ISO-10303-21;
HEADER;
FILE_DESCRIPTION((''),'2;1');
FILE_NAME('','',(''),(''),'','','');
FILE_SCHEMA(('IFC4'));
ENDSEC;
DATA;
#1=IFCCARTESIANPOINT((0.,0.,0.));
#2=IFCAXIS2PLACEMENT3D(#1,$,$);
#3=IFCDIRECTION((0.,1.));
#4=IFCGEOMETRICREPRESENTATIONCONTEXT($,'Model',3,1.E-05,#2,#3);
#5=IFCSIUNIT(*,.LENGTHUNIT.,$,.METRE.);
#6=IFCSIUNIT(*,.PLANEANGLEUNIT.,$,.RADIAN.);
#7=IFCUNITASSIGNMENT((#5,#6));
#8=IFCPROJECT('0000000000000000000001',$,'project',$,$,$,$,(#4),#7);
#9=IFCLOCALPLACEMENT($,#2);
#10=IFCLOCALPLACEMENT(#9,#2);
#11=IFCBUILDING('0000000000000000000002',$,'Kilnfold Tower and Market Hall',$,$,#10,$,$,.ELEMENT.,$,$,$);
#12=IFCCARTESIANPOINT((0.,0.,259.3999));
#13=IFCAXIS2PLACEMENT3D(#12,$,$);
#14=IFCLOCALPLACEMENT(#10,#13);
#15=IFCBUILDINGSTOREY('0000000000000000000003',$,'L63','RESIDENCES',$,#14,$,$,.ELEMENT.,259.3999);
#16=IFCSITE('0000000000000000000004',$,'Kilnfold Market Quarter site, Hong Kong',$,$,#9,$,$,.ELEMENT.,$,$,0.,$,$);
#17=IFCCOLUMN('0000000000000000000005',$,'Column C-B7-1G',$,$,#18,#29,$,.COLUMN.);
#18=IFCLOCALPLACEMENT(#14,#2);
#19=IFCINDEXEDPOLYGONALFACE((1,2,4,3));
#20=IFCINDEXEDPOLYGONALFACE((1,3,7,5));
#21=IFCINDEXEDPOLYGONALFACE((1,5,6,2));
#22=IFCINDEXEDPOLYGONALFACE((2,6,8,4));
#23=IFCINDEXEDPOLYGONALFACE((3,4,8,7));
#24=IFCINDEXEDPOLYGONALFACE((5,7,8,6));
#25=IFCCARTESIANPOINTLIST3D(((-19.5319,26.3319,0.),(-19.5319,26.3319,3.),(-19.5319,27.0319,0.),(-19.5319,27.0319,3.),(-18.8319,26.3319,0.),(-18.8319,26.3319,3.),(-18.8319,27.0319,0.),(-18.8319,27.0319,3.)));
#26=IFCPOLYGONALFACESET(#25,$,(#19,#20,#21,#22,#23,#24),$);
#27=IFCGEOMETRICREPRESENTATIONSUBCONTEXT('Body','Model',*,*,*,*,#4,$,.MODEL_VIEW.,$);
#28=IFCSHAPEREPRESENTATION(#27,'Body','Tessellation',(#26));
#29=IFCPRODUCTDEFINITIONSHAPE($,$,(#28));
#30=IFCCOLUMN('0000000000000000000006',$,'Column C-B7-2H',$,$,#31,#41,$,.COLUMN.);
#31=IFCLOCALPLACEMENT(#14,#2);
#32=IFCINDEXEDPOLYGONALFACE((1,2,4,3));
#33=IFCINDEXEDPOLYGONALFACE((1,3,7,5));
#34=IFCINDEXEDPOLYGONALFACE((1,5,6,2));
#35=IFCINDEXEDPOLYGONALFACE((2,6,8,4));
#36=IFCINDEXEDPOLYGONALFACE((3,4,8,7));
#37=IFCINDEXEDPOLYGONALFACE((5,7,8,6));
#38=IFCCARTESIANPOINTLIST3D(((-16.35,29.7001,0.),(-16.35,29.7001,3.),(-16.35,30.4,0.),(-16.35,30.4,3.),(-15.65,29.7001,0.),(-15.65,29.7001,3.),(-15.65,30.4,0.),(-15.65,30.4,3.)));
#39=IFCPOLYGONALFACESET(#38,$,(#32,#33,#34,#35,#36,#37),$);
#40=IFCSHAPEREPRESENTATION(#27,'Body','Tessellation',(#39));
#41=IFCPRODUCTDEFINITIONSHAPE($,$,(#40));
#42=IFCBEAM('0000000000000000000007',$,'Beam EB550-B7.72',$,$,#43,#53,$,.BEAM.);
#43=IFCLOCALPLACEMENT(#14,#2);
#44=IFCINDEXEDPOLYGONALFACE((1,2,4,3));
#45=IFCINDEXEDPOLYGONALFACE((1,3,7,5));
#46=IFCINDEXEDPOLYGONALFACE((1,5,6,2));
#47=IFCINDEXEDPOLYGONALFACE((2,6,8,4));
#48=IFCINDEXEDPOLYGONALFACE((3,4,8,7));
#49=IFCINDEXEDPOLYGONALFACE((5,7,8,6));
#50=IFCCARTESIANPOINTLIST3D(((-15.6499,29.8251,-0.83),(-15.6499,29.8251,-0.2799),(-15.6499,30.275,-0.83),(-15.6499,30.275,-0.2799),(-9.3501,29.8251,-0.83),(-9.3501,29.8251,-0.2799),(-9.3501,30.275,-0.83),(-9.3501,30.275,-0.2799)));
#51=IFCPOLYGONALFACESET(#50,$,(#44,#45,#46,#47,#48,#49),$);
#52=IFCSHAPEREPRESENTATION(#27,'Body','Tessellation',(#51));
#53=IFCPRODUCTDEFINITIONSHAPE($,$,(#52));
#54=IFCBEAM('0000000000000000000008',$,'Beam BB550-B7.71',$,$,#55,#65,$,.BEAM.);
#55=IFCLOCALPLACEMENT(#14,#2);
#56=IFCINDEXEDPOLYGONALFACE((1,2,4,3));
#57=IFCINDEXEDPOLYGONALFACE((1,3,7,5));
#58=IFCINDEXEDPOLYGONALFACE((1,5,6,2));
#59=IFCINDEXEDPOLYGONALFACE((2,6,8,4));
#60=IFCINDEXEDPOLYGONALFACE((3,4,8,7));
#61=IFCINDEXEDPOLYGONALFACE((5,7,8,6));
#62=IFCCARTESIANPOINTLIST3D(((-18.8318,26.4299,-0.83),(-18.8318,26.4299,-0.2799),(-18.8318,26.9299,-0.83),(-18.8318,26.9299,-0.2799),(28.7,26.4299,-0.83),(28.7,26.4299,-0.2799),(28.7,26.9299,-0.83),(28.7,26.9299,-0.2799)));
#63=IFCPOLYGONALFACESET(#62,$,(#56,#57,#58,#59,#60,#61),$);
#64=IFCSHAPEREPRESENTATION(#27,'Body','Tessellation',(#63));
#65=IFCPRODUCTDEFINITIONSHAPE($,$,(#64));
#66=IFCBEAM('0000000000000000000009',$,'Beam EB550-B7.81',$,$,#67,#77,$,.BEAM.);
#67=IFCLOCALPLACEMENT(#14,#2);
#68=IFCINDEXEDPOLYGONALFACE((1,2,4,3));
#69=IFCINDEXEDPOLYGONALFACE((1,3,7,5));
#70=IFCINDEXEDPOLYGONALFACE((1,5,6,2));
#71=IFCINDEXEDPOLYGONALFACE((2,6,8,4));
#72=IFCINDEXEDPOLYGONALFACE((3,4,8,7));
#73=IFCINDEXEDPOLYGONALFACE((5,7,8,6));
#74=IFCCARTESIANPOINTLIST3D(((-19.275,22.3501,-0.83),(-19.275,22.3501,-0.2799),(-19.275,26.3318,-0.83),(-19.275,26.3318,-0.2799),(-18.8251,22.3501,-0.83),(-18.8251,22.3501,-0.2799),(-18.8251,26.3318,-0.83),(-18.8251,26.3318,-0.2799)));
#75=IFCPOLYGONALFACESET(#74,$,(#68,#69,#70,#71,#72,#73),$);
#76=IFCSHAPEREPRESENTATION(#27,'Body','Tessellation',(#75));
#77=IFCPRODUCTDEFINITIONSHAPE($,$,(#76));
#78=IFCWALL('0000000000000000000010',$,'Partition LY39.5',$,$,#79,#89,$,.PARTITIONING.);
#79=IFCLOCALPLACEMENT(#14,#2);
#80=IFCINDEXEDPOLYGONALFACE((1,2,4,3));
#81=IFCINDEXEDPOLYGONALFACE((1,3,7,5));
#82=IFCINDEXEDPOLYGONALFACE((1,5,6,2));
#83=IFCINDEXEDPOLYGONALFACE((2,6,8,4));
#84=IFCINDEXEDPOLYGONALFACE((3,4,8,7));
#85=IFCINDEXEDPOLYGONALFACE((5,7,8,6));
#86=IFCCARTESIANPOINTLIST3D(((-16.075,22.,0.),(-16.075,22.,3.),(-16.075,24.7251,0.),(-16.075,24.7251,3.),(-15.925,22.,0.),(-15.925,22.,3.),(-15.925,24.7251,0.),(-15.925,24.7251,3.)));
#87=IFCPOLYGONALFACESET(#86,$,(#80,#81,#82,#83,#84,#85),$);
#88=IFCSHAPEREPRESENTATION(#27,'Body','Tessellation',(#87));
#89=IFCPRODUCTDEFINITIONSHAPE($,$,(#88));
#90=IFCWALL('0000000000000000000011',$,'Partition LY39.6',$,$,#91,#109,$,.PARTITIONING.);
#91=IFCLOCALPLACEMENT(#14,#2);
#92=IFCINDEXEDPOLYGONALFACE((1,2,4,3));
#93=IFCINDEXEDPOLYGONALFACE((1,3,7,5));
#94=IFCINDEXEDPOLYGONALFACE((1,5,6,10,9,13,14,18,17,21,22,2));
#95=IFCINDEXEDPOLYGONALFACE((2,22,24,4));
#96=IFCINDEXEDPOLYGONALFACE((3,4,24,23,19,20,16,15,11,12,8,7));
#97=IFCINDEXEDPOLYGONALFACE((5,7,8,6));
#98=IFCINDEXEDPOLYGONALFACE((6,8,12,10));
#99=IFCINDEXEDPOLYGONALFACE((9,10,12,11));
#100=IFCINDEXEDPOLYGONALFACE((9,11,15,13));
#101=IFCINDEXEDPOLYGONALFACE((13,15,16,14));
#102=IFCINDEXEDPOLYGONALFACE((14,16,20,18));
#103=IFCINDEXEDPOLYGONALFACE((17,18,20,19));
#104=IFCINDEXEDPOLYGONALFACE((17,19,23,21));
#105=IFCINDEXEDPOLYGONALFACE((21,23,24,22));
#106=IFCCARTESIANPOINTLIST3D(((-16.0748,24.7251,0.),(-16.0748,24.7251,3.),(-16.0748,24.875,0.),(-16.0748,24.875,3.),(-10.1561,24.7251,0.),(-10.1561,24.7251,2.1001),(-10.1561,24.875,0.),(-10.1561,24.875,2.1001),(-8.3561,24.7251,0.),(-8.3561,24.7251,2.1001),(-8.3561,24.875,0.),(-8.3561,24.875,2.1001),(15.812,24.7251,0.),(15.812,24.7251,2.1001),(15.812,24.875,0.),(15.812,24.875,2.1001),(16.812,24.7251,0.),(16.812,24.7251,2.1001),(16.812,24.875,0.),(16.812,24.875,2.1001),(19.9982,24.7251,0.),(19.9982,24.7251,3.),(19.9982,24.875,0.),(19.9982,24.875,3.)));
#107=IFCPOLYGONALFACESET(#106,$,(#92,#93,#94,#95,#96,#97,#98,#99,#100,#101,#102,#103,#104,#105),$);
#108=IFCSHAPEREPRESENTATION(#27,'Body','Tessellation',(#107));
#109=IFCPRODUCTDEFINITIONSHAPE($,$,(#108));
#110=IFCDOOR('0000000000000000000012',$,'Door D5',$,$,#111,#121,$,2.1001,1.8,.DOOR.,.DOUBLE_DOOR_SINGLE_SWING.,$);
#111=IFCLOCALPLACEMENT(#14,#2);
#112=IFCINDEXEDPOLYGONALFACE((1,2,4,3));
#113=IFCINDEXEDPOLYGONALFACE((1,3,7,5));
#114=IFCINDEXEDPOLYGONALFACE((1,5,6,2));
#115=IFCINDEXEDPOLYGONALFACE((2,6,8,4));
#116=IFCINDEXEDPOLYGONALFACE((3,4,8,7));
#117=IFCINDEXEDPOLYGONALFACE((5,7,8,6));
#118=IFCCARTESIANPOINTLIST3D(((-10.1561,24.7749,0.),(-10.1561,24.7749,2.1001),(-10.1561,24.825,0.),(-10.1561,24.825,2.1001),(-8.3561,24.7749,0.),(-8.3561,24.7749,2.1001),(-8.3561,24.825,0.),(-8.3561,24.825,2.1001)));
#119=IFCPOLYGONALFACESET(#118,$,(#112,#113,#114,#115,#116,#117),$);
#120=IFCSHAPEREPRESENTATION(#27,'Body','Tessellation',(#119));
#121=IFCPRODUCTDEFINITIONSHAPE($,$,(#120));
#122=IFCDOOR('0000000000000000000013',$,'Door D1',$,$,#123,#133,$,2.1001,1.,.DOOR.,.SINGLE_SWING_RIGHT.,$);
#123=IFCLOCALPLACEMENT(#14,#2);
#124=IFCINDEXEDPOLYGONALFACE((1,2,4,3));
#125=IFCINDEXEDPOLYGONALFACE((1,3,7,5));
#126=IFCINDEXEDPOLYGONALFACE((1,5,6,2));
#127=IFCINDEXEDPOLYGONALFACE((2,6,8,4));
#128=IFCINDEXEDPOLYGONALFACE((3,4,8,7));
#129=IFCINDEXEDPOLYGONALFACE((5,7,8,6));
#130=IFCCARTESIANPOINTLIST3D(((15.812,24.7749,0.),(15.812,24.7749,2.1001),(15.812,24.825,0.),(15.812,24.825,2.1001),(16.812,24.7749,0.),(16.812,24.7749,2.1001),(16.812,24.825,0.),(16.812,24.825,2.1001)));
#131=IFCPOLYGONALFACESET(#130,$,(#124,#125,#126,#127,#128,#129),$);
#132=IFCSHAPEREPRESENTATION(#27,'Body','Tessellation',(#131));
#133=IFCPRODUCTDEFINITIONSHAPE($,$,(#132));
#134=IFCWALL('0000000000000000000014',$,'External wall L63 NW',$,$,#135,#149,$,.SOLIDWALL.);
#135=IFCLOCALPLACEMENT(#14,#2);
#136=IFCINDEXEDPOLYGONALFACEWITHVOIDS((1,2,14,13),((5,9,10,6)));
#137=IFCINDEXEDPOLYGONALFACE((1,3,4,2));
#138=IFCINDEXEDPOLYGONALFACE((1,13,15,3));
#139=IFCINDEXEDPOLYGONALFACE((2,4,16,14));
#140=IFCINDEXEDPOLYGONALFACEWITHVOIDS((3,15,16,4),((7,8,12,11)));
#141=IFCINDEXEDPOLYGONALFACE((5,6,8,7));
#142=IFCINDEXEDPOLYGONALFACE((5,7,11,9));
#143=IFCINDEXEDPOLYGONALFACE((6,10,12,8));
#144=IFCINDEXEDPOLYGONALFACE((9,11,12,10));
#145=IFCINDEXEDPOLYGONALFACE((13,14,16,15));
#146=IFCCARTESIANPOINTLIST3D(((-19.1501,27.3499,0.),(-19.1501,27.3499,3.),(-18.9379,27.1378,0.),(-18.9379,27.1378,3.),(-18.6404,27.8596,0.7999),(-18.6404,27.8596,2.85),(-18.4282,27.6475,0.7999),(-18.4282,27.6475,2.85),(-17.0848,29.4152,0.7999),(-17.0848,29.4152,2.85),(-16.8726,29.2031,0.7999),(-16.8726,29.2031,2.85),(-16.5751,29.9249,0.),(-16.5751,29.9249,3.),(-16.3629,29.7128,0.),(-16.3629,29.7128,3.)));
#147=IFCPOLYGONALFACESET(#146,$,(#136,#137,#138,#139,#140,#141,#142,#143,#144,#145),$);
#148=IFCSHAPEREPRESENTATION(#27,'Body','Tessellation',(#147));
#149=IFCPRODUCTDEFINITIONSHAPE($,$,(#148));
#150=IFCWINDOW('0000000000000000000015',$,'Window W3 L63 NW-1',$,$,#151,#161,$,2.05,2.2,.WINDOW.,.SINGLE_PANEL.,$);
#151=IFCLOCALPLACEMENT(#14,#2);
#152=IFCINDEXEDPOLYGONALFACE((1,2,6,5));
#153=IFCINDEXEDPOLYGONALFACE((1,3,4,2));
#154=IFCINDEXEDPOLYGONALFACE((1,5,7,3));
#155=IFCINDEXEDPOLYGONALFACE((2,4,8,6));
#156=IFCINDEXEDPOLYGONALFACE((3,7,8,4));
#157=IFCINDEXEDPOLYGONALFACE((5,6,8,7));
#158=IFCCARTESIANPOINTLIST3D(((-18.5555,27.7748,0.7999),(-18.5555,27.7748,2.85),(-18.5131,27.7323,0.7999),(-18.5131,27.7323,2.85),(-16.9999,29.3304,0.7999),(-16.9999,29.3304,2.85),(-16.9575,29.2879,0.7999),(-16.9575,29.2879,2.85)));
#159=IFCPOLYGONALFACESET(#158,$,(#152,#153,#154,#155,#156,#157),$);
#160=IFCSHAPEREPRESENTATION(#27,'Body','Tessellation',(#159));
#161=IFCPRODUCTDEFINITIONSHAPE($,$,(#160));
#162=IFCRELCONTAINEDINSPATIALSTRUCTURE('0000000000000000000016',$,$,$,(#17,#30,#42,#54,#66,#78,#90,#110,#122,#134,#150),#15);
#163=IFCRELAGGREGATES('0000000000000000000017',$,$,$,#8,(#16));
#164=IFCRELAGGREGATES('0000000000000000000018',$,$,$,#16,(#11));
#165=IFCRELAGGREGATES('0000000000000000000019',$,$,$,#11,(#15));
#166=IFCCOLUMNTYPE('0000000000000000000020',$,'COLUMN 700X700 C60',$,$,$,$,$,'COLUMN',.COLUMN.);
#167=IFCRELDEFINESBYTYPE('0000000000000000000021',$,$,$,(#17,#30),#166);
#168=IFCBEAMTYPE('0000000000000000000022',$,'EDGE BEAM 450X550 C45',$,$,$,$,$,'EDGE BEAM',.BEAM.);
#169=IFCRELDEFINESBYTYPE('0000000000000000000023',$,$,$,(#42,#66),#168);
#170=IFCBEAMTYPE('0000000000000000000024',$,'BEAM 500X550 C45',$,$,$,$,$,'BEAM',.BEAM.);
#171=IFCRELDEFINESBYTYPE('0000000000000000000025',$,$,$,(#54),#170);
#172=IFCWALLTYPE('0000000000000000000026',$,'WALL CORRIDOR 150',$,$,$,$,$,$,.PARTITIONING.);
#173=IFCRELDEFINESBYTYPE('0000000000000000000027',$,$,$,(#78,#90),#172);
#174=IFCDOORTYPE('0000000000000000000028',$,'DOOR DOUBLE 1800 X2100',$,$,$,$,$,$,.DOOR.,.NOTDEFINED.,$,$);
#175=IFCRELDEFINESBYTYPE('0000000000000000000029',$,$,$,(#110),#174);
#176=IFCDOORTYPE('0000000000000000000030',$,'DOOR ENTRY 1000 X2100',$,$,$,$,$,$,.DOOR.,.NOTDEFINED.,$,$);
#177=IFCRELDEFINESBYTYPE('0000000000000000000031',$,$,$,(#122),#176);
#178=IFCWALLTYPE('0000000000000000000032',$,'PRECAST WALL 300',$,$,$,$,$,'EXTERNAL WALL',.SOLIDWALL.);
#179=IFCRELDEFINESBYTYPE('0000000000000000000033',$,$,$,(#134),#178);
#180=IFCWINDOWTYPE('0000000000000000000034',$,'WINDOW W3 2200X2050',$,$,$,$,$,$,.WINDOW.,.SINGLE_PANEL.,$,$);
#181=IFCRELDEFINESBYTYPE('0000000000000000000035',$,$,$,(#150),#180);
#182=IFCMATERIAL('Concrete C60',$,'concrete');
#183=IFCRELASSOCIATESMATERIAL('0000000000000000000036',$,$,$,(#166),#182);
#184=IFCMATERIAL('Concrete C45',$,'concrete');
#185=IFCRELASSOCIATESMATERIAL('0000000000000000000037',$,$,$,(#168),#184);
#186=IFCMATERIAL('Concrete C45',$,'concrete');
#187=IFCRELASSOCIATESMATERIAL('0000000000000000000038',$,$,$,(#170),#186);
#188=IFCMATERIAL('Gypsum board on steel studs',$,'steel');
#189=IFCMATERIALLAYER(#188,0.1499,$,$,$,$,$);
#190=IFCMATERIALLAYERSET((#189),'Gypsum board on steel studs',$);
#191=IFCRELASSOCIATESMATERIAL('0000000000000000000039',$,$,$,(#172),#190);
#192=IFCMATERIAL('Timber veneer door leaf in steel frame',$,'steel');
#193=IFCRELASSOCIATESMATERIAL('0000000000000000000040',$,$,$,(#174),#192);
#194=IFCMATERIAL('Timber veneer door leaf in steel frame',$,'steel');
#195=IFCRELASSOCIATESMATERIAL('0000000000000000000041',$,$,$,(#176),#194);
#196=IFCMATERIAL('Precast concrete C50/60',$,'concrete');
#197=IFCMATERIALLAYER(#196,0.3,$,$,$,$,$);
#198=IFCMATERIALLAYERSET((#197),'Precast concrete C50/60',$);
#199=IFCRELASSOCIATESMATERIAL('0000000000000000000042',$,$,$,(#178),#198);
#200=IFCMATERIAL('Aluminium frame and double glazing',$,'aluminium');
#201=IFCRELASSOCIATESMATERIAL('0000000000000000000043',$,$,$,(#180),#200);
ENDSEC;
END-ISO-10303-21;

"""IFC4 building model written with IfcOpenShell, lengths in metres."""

from ifc_helpers import new_model, si_unit, direction, frame, frame_2d, origin, origin_2d, place, context, subcontext, project, spatial, rectangle, extrude, source, transform, mapped, material, layer, layer_set, material_profile, profile_set, type_object, element, fill, save


model = new_model("IFC4")

# Units and contexts
model_context = context("Model", 3, precision=1e-05, world=origin(), true_north=direction((0.0, 1.0)))
body_context = subcontext(model_context, "Body", "Model", "MODEL_VIEW")
ifc_project = project(units=[si_unit("LENGTHUNIT", "METRE"), si_unit("PLANEANGLEUNIT", "RADIAN")], contexts=[model_context])

# Site, building, storey
site_placement = place(None, origin())
site = spatial("IfcSite", under=ifc_project, at=site_placement, Name="Kilnfold Market Quarter site, Hong Kong", CompositionType="ELEMENT", RefElevation=0.0)
building_placement = place(site_placement, origin())
building = spatial("IfcBuilding", under=site, at=building_placement, Name="Kilnfold Tower and Market Hall", CompositionType="ELEMENT")
storey_placement = place(building_placement, frame((0.0, 0.0, 259.3999)))
storey = spatial("IfcBuildingStorey", under=building, at=storey_placement, Name="L63", Description="RESIDENCES", CompositionType="ELEMENT", Elevation=259.3999)

# Columns
ifc_material_1 = material(Name="Concrete C60", Category="concrete")
ifc_material_profile_1 = material_profile(ifc_material_1, rectangle(XDim=0.7, YDim=0.7, at=origin_2d()), Name="RC 700x700")
ifc_profile_set_1 = profile_set([ifc_material_profile_1], Name="Concrete C60")
column_type = type_object("IfcColumnType", Name="COLUMN 700X700 C60", ElementType="COLUMN", PredefinedType="COLUMN", material=ifc_profile_set_1)
shared_shape_1 = source(origin(), body_context, "Body", "SweptSolid", [
    extrude(rectangle(XDim=0.7, YDim=0.7, at=origin_2d()), origin(), (0.0, 0.0, 1.0), 3.0),
])
for number, where, z_axis, x_axis, name in (
    (1, (-19.1819, 26.6819, 0.0), (0.0, 0.0, 1.0), (1.0, 0.0, 0.0), "Column C-B7-1G"),
    (2, (-16.0, 30.05, 0.0), (0.0, 0.0, 1.0), (1.0, 0.0, 0.0), "Column C-B7-2H"),
):
    element("IfcColumn", number, at=place(storey_placement, frame(where, z_axis=z_axis, x_axis=x_axis)), inside=storey, type_object=column_type, Name=name, PredefinedType="COLUMN", context=body_context, shape_type="MappedRepresentation", body=[
        mapped(shared_shape_1, transform((0.0, 0.0, 0.0))),
    ])

# Beams
ifc_material_2 = material(Name="Concrete C45", Category="concrete")
ifc_material_profile_2 = material_profile(ifc_material_2, rectangle(XDim=0.45, YDim=0.55, at=origin_2d()), Name="RC 450x550")
ifc_profile_set_2 = profile_set([ifc_material_profile_2], Name="Concrete C45")
beam_type_1 = type_object("IfcBeamType", Name="EDGE BEAM 450X550 C45", ElementType="EDGE BEAM", PredefinedType="BEAM", material=ifc_profile_set_2)
shared_shape_2 = source(origin(), body_context, "Body", "SweptSolid", [
    extrude(rectangle(XDim=0.45, YDim=0.55, at=origin_2d()), origin(), (0.0, 0.0, 1.0), 6.2998),
])
beam_1_placement = place(storey_placement, frame((-15.6499, 30.05, -0.5549), z_axis=(1.0, 0.0, 0.0), x_axis=(0.0, 1.0, 0.0)))
element("IfcBeam", 3, at=beam_1_placement, inside=storey, type_object=beam_type_1, Name="Beam EB550-B7.72", PredefinedType="BEAM", context=body_context, shape_type="MappedRepresentation", body=[
    mapped(shared_shape_2, transform((0.0, 0.0, 0.0))),
])
ifc_material_3 = material(Name="Concrete C45", Category="concrete")
ifc_material_profile_3 = material_profile(ifc_material_3, rectangle(XDim=0.5, YDim=0.55, at=origin_2d()), Name="RC 500x550")
ifc_profile_set_3 = profile_set([ifc_material_profile_3], Name="Concrete C45")
beam_type_2 = type_object("IfcBeamType", Name="BEAM 500X550 C45", ElementType="BEAM", PredefinedType="BEAM", material=ifc_profile_set_3)
shared_shape_3 = source(origin(), body_context, "Body", "SweptSolid", [
    extrude(rectangle(XDim=0.5, YDim=0.55, at=origin_2d()), origin(), (0.0, 0.0, 1.0), 47.5317),
])
beam_2_placement = place(storey_placement, frame((-18.8318, 26.6799, -0.5549), z_axis=(1.0, 0.0, 0.0), x_axis=(0.0, 1.0, 0.0)))
element("IfcBeam", 4, at=beam_2_placement, inside=storey, type_object=beam_type_2, Name="Beam BB550-B7.71", PredefinedType="BEAM", context=body_context, shape_type="MappedRepresentation", body=[
    mapped(shared_shape_3, transform((0.0, 0.0, 0.0))),
])
shared_shape_4 = source(origin(), body_context, "Body", "SweptSolid", [
    extrude(rectangle(XDim=0.45, YDim=0.55, at=origin_2d()), origin(), (0.0, 0.0, 1.0), 3.9817),
])
beam_3_placement = place(storey_placement, frame((-19.05, 22.3501, -0.5549), z_axis=(0.0, 1.0, 0.0), x_axis=(-1.0, 0.0, 0.0)))
element("IfcBeam", 5, at=beam_3_placement, inside=storey, type_object=beam_type_1, Name="Beam EB550-B7.81", PredefinedType="BEAM", context=body_context, shape_type="MappedRepresentation", body=[
    mapped(shared_shape_4, transform((0.0, 0.0, 0.0))),
])

# Wall
ifc_material_4 = material(Name="Gypsum board on steel studs", Category="steel")
ifc_layer_1 = layer(ifc_material_4, 0.1499)
ifc_layer_set_1 = layer_set([ifc_layer_1], Name="Gypsum board on steel studs")
wall_type_1 = type_object("IfcWallType", Name="WALL CORRIDOR 150", PredefinedType="PARTITIONING", material=ifc_layer_set_1)
wall_1_placement = place(storey_placement, frame((-16.0, 22.0, 0.0), z_axis=(0.0, 0.0, 1.0), x_axis=(0.0, 1.0, 0.0)))
element("IfcWall", 6, at=wall_1_placement, inside=storey, type_object=wall_type_1, Name="Partition LY39.5", PredefinedType="PARTITIONING", context=body_context, shape_type="SweptSolid", body=[
    extrude(rectangle(XDim=2.7251, YDim=0.1499, at=frame_2d((1.3625, 0.0))), origin(), (0.0, 0.0, 1.0), 3.0),
])

# Wall, openings, doors
wall_2_placement = place(storey_placement, frame((-16.075, 24.8, 0.0), z_axis=(0.0, 0.0, 1.0), x_axis=(1.0, 0.0, 0.0)))
wall_2 = element("IfcWall", 7, at=wall_2_placement, inside=storey, type_object=wall_type_1, Name="Partition LY39.6", PredefinedType="PARTITIONING", context=body_context, shape_type="SweptSolid", body=[
    extrude(rectangle(XDim=36.073, YDim=0.1499, at=frame_2d((18.0366, 0.0))), origin(), (0.0, 0.0, 1.0), 3.0),
])
opening_1_placement = place(wall_2_placement, frame((5.9189, 0.0, 0.0)))
opening_1 = element("IfcOpeningElement", 8, at=opening_1_placement, cuts=wall_2, PredefinedType="OPENING", context=body_context, shape_type="SweptSolid", body=[
    extrude(rectangle(XDim=1.8, YDim=2.1001, at=frame_2d((0.8999, 1.05))), frame((0.0, 0.085, 0.0), z_axis=(0.0, -1.0, 0.0), x_axis=(1.0, 0.0, 0.0)), (0.0, 0.0, 1.0), 0.1699),
])
opening_2_placement = place(wall_2_placement, frame((31.887, 0.0, 0.0)))
opening_2 = element("IfcOpeningElement", 9, at=opening_2_placement, cuts=wall_2, PredefinedType="OPENING", context=body_context, shape_type="SweptSolid", body=[
    extrude(rectangle(XDim=1.0, YDim=2.1001, at=frame_2d((0.5, 1.05))), frame((0.0, 0.085, 0.0), z_axis=(0.0, -1.0, 0.0), x_axis=(1.0, 0.0, 0.0)), (0.0, 0.0, 1.0), 0.1699),
])
ifc_material_5 = material(Name="Timber veneer door leaf in steel frame", Category="steel")
door_type_1 = type_object("IfcDoorType", Name="DOOR DOUBLE 1800 X2100", OperationType="NOTDEFINED", PredefinedType="DOOR", material=ifc_material_5)
door_1_placement = place(opening_1_placement, origin())
door_1 = element("IfcDoor", 10, at=door_1_placement, inside=storey, type_object=door_type_1, Name="Door D5", OperationType="DOUBLE_DOOR_SINGLE_SWING", OverallHeight=2.1001, OverallWidth=1.8, PredefinedType="DOOR", context=body_context, shape_type="SweptSolid", body=[
    extrude(rectangle(XDim=1.8, YDim=2.1001, at=frame_2d((0.8999, 1.05))), frame((0.0, 0.0249, 0.0), z_axis=(0.0, -1.0, 0.0), x_axis=(1.0, 0.0, 0.0)), (0.0, 0.0, 1.0), 0.05),
])
fill(opening_1, door_1)
ifc_material_6 = material(Name="Timber veneer door leaf in steel frame", Category="steel")
door_type_2 = type_object("IfcDoorType", Name="DOOR ENTRY 1000 X2100", OperationType="NOTDEFINED", PredefinedType="DOOR", material=ifc_material_6)
door_2_placement = place(opening_2_placement, origin())
door_2 = element("IfcDoor", 11, at=door_2_placement, inside=storey, type_object=door_type_2, Name="Door D1", OperationType="SINGLE_SWING_RIGHT", OverallHeight=2.1001, OverallWidth=1.0, PredefinedType="DOOR", context=body_context, shape_type="SweptSolid", body=[
    extrude(rectangle(XDim=1.0, YDim=2.1001, at=frame_2d((0.5, 1.05))), frame((0.0, 0.0249, 0.0), z_axis=(0.0, -1.0, 0.0), x_axis=(1.0, 0.0, 0.0)), (0.0, 0.0, 1.0), 0.05),
])
fill(opening_2, door_2)

# Wall, opening, window
ifc_material_7 = material(Name="Precast concrete C50/60", Category="concrete")
ifc_layer_2 = layer(ifc_material_7, 0.3)
ifc_layer_set_2 = layer_set([ifc_layer_2], Name="Precast concrete C50/60")
wall_type_2 = type_object("IfcWallType", Name="PRECAST WALL 300", ElementType="EXTERNAL WALL", PredefinedType="SOLIDWALL", material=ifc_layer_set_2)
shared_shape_5 = source(origin(), body_context, "Body", "SweptSolid", [
    extrude(rectangle(XDim=3.6416, YDim=0.3, at=frame_2d((1.8208, 0.0))), origin(), (0.0, 0.0, 1.0), 3.0),
])
wall_3_placement = place(storey_placement, frame((-16.469, 29.8188, 0.0), z_axis=(0.0, 0.0, 1.0), x_axis=(-0.707107, -0.707107, 0.0)))
wall_3 = element("IfcWall", 12, at=wall_3_placement, inside=storey, type_object=wall_type_2, Name="External wall L63 NW", PredefinedType="SOLIDWALL", context=body_context, shape_type="MappedRepresentation", body=[
    mapped(shared_shape_5, transform((0.0, 0.0, 0.0))),
])
opening_3_placement = place(wall_3_placement, frame((0.7207, 0.0, 0.8)))
opening_3 = element("IfcOpeningElement", 13, at=opening_3_placement, cuts=wall_3, PredefinedType="OPENING", context=body_context, shape_type="SweptSolid", body=[
    extrude(rectangle(XDim=2.2, YDim=2.05, at=frame_2d((1.1001, 1.0249))), frame((0.0, 0.1602, 0.0), z_axis=(0.0, -1.0, 0.0), x_axis=(1.0, 0.0, 0.0)), (0.0, 0.0, 1.0), 0.3201),
])
ifc_material_8 = material(Name="Aluminium frame and double glazing", Category="aluminium")
window_type = type_object("IfcWindowType", Name="WINDOW W3 2200X2050", PartitioningType="SINGLE_PANEL", PredefinedType="WINDOW", material=ifc_material_8)
window_1_placement = place(opening_3_placement, origin())
window_1 = element("IfcWindow", 14, at=window_1_placement, inside=storey, type_object=window_type, Name="Window W3 L63 NW-1", OverallHeight=2.05, OverallWidth=2.2, PartitioningType="SINGLE_PANEL", PredefinedType="WINDOW", context=body_context, shape_type="SweptSolid", body=[
    extrude(rectangle(XDim=2.2, YDim=2.05, at=frame_2d((1.1001, 1.0249))), frame((0.0, 0.03, 0.0), z_axis=(0.0, -1.0, 0.0), x_axis=(1.0, 0.0, 0.0)), (0.0, 0.0, 1.0), 0.0601),
])
fill(opening_3, window_1)

save(model, "model.ifc")
